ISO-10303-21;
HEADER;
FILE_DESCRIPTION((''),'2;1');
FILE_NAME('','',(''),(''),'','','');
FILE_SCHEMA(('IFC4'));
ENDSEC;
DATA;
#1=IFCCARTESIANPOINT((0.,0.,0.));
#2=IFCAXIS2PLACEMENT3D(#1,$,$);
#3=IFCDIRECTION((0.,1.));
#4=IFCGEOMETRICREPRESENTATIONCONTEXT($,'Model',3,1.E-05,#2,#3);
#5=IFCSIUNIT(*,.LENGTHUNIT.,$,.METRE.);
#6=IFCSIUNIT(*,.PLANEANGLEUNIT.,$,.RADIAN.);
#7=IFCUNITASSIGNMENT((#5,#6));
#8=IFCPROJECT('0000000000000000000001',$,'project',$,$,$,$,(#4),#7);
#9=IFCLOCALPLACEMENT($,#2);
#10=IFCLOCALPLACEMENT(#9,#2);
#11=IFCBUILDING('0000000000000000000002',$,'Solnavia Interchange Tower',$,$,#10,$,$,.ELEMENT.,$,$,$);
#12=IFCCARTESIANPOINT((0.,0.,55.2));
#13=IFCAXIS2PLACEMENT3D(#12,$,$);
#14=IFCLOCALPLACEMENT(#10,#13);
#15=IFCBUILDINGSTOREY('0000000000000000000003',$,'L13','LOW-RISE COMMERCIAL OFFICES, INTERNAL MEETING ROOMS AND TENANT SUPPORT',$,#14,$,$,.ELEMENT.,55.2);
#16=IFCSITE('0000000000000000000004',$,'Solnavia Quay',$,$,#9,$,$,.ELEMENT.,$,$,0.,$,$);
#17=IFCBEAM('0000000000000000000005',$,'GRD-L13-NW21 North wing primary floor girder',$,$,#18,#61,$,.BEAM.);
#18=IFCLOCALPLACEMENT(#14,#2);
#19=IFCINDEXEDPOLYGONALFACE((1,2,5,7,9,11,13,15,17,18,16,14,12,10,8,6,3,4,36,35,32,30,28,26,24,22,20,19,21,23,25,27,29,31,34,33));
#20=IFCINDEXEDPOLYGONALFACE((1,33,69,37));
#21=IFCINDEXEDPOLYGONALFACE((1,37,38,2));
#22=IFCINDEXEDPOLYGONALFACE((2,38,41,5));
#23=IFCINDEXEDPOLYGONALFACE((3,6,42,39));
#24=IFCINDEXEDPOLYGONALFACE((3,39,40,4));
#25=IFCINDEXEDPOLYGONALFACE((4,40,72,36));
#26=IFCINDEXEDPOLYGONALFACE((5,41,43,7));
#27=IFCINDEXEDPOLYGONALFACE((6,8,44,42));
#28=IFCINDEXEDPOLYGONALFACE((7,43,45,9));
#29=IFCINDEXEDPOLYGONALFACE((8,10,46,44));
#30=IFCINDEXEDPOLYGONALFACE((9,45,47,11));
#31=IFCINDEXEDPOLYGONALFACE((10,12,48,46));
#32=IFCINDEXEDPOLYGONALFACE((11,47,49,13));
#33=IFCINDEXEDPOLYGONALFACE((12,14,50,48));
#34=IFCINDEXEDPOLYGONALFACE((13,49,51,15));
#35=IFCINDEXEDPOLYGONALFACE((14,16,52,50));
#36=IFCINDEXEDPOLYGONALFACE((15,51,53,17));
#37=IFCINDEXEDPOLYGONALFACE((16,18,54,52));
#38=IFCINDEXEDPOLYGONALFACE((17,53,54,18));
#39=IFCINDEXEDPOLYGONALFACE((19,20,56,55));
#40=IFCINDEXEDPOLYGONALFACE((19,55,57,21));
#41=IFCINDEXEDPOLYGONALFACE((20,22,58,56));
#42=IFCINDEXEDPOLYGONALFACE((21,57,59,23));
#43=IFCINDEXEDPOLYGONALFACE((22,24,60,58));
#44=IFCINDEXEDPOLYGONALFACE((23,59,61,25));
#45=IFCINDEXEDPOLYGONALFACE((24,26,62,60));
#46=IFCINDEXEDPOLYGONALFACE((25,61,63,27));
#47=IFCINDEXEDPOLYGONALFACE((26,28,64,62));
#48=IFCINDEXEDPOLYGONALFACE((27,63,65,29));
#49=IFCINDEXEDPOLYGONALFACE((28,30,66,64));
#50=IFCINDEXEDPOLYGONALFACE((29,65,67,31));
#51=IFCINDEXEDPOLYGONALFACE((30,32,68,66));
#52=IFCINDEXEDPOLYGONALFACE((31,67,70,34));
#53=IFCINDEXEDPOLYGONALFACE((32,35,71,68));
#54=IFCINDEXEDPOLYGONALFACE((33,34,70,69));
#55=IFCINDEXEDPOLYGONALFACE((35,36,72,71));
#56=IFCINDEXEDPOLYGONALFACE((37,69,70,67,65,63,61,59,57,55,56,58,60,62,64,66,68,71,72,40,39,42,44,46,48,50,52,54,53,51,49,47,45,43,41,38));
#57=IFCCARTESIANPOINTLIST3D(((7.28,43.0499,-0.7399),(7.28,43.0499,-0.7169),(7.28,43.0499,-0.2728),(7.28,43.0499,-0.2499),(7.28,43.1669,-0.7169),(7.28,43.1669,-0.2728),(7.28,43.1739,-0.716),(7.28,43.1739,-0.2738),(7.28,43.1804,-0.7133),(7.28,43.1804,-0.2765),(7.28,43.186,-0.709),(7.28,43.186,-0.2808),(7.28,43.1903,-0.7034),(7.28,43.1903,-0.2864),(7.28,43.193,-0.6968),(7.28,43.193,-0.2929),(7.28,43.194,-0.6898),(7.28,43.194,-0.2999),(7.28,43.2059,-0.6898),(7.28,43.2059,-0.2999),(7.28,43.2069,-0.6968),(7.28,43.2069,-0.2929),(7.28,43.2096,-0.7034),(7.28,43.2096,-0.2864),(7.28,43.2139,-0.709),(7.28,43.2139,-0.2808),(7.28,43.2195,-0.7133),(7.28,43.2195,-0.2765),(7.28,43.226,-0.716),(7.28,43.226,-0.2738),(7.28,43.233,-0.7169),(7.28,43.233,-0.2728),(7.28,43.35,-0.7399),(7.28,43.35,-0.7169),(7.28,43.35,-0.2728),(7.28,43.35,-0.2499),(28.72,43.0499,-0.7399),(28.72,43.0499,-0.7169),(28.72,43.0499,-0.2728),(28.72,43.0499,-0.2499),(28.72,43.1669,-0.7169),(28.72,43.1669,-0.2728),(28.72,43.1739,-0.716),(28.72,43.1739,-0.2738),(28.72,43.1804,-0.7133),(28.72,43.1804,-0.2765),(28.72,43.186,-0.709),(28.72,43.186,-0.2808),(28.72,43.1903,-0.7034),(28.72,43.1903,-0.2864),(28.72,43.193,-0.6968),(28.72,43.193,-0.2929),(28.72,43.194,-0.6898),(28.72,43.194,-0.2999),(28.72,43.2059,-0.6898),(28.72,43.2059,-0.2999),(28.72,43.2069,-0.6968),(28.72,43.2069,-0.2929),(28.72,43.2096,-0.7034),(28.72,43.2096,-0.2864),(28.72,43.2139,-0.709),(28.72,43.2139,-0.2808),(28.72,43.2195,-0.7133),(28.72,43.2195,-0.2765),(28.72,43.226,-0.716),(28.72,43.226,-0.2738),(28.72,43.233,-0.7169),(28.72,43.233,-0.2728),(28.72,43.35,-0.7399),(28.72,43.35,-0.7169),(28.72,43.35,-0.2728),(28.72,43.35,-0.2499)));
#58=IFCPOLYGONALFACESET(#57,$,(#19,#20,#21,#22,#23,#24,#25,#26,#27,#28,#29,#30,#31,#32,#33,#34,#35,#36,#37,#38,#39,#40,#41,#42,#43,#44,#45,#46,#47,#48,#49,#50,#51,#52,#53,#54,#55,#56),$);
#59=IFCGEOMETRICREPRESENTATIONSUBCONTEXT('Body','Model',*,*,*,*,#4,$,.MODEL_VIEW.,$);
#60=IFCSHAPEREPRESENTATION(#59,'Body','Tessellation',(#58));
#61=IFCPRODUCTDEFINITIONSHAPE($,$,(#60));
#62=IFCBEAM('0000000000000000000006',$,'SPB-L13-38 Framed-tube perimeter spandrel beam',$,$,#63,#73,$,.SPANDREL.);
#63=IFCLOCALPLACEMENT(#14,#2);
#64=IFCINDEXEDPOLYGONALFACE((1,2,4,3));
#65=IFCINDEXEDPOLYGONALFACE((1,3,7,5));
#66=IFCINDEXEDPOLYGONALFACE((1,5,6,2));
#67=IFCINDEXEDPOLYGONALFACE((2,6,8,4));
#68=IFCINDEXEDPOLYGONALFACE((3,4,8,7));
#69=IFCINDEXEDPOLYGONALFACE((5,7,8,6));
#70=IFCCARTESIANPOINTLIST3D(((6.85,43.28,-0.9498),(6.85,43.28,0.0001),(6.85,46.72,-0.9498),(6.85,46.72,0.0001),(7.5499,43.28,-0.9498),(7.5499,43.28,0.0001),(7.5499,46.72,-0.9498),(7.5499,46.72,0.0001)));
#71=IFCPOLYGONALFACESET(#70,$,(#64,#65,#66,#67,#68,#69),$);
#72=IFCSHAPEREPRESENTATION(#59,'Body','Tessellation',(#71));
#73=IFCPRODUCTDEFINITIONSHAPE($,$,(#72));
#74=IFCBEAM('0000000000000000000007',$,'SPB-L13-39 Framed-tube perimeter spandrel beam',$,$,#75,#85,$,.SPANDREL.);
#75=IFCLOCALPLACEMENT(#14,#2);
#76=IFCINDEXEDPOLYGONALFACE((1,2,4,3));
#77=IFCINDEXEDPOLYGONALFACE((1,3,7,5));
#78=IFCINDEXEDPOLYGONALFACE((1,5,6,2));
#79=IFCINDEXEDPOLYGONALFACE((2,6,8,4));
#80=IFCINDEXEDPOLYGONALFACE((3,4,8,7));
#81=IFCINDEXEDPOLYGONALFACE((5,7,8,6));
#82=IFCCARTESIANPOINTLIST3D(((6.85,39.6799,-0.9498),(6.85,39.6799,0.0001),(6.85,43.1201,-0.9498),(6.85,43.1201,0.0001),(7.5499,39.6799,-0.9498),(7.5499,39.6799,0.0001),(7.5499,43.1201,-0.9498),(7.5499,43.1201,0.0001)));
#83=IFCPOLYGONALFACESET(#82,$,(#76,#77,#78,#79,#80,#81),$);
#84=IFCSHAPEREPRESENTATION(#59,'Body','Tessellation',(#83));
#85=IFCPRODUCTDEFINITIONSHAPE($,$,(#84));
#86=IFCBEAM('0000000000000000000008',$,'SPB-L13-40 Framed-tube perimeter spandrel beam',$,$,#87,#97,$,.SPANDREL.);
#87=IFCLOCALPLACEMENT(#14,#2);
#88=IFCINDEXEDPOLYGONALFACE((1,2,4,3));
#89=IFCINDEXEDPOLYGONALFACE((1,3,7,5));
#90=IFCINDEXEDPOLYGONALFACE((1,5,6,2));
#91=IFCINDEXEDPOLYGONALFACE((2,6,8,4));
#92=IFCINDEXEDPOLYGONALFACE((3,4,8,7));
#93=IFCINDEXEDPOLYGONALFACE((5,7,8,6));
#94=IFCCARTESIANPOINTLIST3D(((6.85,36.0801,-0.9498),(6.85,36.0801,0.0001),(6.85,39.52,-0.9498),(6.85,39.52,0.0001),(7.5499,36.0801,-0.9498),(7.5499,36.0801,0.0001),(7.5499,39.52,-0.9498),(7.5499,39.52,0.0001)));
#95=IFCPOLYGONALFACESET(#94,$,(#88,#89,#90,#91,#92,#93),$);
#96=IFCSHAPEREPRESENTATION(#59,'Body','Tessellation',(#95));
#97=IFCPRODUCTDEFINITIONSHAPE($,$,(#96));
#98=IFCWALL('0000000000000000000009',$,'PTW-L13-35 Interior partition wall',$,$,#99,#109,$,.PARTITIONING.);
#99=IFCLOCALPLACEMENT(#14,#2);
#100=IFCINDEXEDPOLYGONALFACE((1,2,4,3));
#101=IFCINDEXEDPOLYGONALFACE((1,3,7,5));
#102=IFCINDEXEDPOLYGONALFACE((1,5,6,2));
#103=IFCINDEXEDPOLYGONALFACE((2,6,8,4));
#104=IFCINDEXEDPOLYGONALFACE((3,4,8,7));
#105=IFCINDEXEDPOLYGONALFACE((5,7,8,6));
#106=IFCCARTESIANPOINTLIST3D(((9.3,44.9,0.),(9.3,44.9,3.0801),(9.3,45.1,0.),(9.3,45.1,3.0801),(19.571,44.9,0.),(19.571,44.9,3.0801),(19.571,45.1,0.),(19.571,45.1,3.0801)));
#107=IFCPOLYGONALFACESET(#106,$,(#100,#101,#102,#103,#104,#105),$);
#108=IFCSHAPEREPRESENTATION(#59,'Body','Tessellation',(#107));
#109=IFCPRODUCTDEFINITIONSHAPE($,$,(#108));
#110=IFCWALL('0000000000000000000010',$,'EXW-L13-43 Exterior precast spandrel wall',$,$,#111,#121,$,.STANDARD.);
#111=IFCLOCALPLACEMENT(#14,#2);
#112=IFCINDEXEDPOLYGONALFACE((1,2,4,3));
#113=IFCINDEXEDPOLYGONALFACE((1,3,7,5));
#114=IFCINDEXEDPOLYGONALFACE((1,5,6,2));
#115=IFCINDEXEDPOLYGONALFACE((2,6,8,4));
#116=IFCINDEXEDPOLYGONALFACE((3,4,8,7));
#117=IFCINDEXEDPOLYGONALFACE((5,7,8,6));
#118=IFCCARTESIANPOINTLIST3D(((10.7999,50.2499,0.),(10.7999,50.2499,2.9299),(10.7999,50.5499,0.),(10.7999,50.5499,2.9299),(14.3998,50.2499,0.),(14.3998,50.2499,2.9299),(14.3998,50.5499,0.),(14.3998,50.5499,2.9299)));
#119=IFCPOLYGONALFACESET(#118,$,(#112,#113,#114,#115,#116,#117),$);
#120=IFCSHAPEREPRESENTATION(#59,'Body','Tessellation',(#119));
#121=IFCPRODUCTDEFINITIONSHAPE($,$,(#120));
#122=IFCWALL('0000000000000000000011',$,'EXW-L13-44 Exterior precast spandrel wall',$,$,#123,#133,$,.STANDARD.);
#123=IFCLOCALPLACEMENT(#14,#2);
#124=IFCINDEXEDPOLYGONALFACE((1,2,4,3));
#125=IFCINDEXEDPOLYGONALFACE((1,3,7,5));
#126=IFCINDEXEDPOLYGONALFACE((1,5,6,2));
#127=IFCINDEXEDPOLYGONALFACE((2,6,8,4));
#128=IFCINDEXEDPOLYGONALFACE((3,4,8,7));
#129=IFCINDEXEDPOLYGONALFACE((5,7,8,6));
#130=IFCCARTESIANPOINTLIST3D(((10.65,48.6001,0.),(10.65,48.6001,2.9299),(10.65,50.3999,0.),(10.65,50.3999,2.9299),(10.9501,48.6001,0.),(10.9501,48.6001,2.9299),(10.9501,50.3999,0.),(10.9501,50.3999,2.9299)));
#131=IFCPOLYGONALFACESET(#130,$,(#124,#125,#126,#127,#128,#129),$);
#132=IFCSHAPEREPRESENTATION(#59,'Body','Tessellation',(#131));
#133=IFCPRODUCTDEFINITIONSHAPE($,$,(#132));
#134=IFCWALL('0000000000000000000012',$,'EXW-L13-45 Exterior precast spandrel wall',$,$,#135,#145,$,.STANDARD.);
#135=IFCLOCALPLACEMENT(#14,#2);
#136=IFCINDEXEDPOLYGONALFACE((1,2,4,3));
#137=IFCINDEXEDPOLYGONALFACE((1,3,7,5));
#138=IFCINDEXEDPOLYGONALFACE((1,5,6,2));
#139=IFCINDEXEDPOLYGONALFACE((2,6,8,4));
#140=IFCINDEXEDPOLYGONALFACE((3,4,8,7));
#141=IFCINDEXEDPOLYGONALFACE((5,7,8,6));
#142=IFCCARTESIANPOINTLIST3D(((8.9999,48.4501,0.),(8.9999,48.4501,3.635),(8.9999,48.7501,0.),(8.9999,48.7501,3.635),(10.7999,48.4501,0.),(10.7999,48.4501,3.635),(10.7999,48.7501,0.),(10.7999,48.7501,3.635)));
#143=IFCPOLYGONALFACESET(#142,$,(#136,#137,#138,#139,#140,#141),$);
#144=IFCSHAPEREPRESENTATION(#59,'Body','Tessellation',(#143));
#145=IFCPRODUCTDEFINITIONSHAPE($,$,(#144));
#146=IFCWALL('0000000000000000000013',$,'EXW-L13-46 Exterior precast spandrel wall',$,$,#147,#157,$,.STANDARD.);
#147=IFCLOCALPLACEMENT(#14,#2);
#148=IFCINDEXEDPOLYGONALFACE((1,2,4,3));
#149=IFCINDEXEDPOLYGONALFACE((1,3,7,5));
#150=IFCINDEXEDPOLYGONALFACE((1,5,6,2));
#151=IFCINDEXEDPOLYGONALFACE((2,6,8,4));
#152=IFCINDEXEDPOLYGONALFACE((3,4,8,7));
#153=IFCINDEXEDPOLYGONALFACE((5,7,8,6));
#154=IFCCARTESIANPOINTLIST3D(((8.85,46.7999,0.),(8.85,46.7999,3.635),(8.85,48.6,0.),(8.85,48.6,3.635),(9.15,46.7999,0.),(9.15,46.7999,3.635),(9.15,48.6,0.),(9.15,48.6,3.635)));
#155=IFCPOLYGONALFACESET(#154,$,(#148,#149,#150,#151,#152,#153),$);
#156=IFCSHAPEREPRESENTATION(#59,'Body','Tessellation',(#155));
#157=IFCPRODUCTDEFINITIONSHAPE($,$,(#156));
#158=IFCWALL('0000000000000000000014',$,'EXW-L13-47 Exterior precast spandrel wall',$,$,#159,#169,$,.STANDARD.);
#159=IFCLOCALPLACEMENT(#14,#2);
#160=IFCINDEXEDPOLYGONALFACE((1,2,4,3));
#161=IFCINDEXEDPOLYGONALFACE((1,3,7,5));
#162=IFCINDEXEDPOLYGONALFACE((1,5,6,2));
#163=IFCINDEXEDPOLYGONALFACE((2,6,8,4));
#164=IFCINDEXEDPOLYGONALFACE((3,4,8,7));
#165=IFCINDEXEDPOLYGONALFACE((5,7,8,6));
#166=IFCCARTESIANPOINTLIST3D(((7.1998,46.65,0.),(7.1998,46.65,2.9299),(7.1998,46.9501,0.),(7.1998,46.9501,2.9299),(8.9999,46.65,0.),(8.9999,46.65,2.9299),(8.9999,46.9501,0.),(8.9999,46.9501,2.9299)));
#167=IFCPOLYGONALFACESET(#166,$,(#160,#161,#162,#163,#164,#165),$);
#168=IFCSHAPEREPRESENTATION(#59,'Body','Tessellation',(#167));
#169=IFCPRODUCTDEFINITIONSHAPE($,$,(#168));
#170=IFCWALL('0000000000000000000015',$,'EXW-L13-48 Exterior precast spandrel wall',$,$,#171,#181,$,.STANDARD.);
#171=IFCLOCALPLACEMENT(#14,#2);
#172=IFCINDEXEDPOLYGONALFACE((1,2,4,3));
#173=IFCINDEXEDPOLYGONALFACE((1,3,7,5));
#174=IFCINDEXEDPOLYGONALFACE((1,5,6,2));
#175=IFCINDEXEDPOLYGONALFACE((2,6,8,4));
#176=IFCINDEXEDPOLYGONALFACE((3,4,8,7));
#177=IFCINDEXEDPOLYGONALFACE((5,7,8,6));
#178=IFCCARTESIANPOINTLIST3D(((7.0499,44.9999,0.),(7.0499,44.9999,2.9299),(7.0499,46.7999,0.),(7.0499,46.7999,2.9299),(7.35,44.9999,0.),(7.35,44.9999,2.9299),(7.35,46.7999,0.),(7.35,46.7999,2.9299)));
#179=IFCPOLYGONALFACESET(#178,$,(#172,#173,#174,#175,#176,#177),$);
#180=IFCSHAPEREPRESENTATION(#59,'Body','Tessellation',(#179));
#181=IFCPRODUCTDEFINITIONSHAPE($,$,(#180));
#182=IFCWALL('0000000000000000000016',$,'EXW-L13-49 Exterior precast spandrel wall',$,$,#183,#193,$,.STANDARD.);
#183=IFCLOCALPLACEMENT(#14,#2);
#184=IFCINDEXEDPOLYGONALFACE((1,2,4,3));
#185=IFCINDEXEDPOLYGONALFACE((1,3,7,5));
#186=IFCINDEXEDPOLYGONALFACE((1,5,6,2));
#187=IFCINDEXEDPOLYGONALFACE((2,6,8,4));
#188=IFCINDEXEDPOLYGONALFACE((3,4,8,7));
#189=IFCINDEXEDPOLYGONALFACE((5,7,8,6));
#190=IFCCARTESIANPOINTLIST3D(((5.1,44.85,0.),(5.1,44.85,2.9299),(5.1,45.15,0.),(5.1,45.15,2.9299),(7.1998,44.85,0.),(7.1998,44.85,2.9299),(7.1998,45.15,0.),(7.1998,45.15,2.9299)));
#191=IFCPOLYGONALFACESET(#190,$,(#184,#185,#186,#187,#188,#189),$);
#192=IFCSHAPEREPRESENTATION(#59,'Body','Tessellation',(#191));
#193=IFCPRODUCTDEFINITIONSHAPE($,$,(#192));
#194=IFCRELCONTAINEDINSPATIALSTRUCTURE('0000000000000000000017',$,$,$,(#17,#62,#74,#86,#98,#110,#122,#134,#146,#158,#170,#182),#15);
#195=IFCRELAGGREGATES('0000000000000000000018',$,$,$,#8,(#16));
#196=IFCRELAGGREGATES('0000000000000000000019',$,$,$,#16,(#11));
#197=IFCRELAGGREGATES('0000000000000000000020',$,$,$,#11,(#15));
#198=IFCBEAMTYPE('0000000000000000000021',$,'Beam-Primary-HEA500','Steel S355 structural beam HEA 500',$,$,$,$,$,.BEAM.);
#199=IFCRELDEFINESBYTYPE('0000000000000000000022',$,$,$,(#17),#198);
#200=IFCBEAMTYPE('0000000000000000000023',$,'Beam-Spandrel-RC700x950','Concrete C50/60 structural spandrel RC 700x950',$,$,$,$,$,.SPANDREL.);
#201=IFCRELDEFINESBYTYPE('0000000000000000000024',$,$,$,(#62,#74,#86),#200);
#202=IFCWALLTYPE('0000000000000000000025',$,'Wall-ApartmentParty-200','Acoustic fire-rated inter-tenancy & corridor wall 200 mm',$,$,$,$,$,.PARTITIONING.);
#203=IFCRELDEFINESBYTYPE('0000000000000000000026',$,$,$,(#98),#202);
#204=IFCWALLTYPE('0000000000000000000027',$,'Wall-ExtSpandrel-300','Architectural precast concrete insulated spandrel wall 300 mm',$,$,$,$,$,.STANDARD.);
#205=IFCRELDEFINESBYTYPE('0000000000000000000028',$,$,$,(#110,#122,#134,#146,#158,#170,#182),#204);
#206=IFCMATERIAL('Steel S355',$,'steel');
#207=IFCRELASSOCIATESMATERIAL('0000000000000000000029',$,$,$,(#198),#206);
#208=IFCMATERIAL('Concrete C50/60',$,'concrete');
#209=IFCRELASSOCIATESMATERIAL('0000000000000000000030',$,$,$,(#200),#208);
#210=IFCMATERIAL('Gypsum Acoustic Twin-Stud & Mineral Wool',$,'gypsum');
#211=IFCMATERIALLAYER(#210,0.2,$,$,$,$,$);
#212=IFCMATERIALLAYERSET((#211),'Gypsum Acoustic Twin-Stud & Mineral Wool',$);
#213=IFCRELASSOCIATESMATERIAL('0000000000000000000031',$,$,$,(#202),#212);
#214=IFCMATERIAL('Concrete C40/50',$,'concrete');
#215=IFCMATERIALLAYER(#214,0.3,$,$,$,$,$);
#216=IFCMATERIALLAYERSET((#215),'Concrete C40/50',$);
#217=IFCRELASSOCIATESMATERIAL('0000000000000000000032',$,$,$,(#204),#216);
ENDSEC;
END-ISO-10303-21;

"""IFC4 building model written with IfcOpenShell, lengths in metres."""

from ifc_helpers import new_model, si_unit, direction, frame, frame_2d, origin, origin_2d, place, context, subcontext, project, spatial, rectangle, i_section, extrude, material, layer, layer_set, material_profile, profile_set, type_object, element, save


model = new_model("IFC4")

# Units and contexts
model_context = context("Model", 3, precision=1e-05, world=origin(), true_north=direction((0.0, 1.0)))
body_context = subcontext(model_context, "Body", "Model", "MODEL_VIEW")
ifc_project = project(units=[si_unit("LENGTHUNIT", "METRE"), si_unit("PLANEANGLEUNIT", "RADIAN")], contexts=[model_context])

# Site, building, storey
site_placement = place(None, origin())
site = spatial("IfcSite", under=ifc_project, at=site_placement, Name="Solnavia Quay", CompositionType="ELEMENT", RefElevation=0.0)
building_placement = place(site_placement, origin())
building = spatial("IfcBuilding", under=site, at=building_placement, Name="Solnavia Interchange Tower", CompositionType="ELEMENT")
storey_placement = place(building_placement, frame((0.0, 0.0, 55.2)))
storey = spatial("IfcBuildingStorey", under=building, at=storey_placement, Name="L13", Description="LOW-RISE COMMERCIAL OFFICES, INTERNAL MEETING ROOMS AND TENANT SUPPORT", CompositionType="ELEMENT", Elevation=55.2)

# Beams
ifc_material_1 = material(Name="Steel S355", Category="steel")
ifc_material_profile_1 = material_profile(ifc_material_1, i_section(OverallWidth=0.3, OverallDepth=0.49, WebThickness=0.012, FlangeThickness=0.0229, FilletRadius=0.0271, at=origin_2d()), Name="HEA 500")
ifc_profile_set_1 = profile_set([ifc_material_profile_1], Name="Steel S355")
beam_type_1 = type_object("IfcBeamType", Name="Beam-Primary-HEA500", Description="Steel S355 structural beam HEA 500", PredefinedType="BEAM", material=ifc_profile_set_1)
beam_1_placement = place(storey_placement, frame((7.28, 43.2, -0.4949), z_axis=(1.0, 0.0, 0.0), x_axis=(0.0, 1.0, 0.0)))
element("IfcBeam", 1, at=beam_1_placement, inside=storey, type_object=beam_type_1, Name="GRD-L13-NW21 North wing primary floor girder", PredefinedType="BEAM", context=body_context, shape_type="SweptSolid", body=[
    extrude(i_section(OverallWidth=0.3, OverallDepth=0.49, WebThickness=0.012, FlangeThickness=0.0229, FilletRadius=0.0271, at=origin_2d()), origin(), (0.0, 0.0, 1.0), 21.4399),
])
ifc_material_2 = material(Name="Concrete C50/60", Category="concrete")
ifc_material_profile_2 = material_profile(ifc_material_2, rectangle(XDim=0.7, YDim=0.95, at=origin_2d()), Name="RC 700x950")
ifc_profile_set_2 = profile_set([ifc_material_profile_2], Name="Concrete C50/60")
beam_type_2 = type_object("IfcBeamType", Name="Beam-Spandrel-RC700x950", Description="Concrete C50/60 structural spandrel RC 700x950", PredefinedType="SPANDREL", material=ifc_profile_set_2)
beam_2_placement = place(storey_placement, frame((7.2, 46.72, -0.4749), z_axis=(0.0, -1.0, 0.0), x_axis=(1.0, 0.0, 0.0)))
element("IfcBeam", 2, at=beam_2_placement, inside=storey, type_object=beam_type_2, Name="SPB-L13-38 Framed-tube perimeter spandrel beam", PredefinedType="SPANDREL", context=body_context, shape_type="SweptSolid", body=[
    extrude(rectangle(XDim=0.7, YDim=0.95, at=origin_2d()), origin(), (0.0, 0.0, 1.0), 3.4399),
])
beam_3_placement = place(storey_placement, frame((7.2, 43.1201, -0.4749), z_axis=(0.0, -1.0, 0.0), x_axis=(1.0, 0.0, 0.0)))
element("IfcBeam", 3, at=beam_3_placement, inside=storey, type_object=beam_type_2, Name="SPB-L13-39 Framed-tube perimeter spandrel beam", PredefinedType="SPANDREL", context=body_context, shape_type="SweptSolid", body=[
    extrude(rectangle(XDim=0.7, YDim=0.95, at=origin_2d()), origin(), (0.0, 0.0, 1.0), 3.4402),
])
beam_4_placement = place(storey_placement, frame((7.2, 39.52, -0.4749), z_axis=(0.0, -1.0, 0.0), x_axis=(1.0, 0.0, 0.0)))
element("IfcBeam", 4, at=beam_4_placement, inside=storey, type_object=beam_type_2, Name="SPB-L13-40 Framed-tube perimeter spandrel beam", PredefinedType="SPANDREL", context=body_context, shape_type="SweptSolid", body=[
    extrude(rectangle(XDim=0.7, YDim=0.95, at=origin_2d()), origin(), (0.0, 0.0, 1.0), 3.4399),
])

# Walls
ifc_material_3 = material(Name="Gypsum Acoustic Twin-Stud & Mineral Wool", Category="gypsum")
ifc_layer_1 = layer(ifc_material_3, 0.2)
ifc_layer_set_1 = layer_set([ifc_layer_1], Name="Gypsum Acoustic Twin-Stud & Mineral Wool")
wall_type_1 = type_object("IfcWallType", Name="Wall-ApartmentParty-200", Description="Acoustic fire-rated inter-tenancy & corridor wall 200 mm", PredefinedType="PARTITIONING", material=ifc_layer_set_1)
wall_1_placement = place(storey_placement, frame((9.3, 45.0, 0.0), z_axis=(0.0, 0.0, 1.0), x_axis=(1.0, 0.0, 0.0)))
element("IfcWall", 5, at=wall_1_placement, inside=storey, type_object=wall_type_1, Name="PTW-L13-35 Interior partition wall", PredefinedType="PARTITIONING", context=body_context, shape_type="SweptSolid", body=[
    extrude(rectangle(XDim=10.271, YDim=0.2, at=frame_2d((5.1355, 0.0))), origin(), (0.0, 0.0, 1.0), 3.0801),
])
ifc_material_4 = material(Name="Concrete C40/50", Category="concrete")
ifc_layer_2 = layer(ifc_material_4, 0.3)
ifc_layer_set_2 = layer_set([ifc_layer_2], Name="Concrete C40/50")
wall_type_2 = type_object("IfcWallType", Name="Wall-ExtSpandrel-300", Description="Architectural precast concrete insulated spandrel wall 300 mm", PredefinedType="STANDARD", material=ifc_layer_set_2)
wall_2_placement = place(storey_placement, frame((10.8, 50.3999, 0.0), z_axis=(0.0, 0.0, 1.0), x_axis=(1.0, 0.0, 0.0)))
element("IfcWall", 6, at=wall_2_placement, inside=storey, type_object=wall_type_2, Name="EXW-L13-43 Exterior precast spandrel wall", PredefinedType="STANDARD", context=body_context, shape_type="SweptSolid", body=[
    extrude(rectangle(XDim=3.5999, YDim=0.3, at=frame_2d((1.7998, 0.0))), origin(), (0.0, 0.0, 1.0), 2.9299),
])
wall_3_placement = place(storey_placement, frame((10.8, 48.6001, 0.0), z_axis=(0.0, 0.0, 1.0), x_axis=(0.0, 1.0, 0.0)))
element("IfcWall", 7, at=wall_3_placement, inside=storey, type_object=wall_type_2, Name="EXW-L13-44 Exterior precast spandrel wall", PredefinedType="STANDARD", context=body_context, shape_type="SweptSolid", body=[
    extrude(rectangle(XDim=1.7998, YDim=0.3, at=frame_2d((0.8999, 0.0))), origin(), (0.0, 0.0, 1.0), 2.9299),
])
for number, where, z_axis, x_axis, name in (
    (8, (9.0, 48.6001, 0.0), (0.0, 0.0, 1.0), (1.0, 0.0, 0.0), "EXW-L13-45 Exterior precast spandrel wall"),
    (9, (9.0, 46.8, 0.0), (0.0, 0.0, 1.0), (0.0, 1.0, 0.0), "EXW-L13-46 Exterior precast spandrel wall"),
):
    element("IfcWall", number, at=place(storey_placement, frame(where, z_axis=z_axis, x_axis=x_axis)), inside=storey, type_object=wall_type_2, Name=name, PredefinedType="STANDARD", context=body_context, shape_type="SweptSolid", body=[
        extrude(rectangle(XDim=1.8, YDim=0.3, at=frame_2d((0.8999, 0.0))), origin(), (0.0, 0.0, 1.0), 3.635),
    ])
for number, where, z_axis, x_axis, name in (
    (10, (7.2, 46.8, 0.0), (0.0, 0.0, 1.0), (1.0, 0.0, 0.0), "EXW-L13-47 Exterior precast spandrel wall"),
    (11, (7.2, 45.0, 0.0), (0.0, 0.0, 1.0), (0.0, 1.0, 0.0), "EXW-L13-48 Exterior precast spandrel wall"),
):
    element("IfcWall", number, at=place(storey_placement, frame(where, z_axis=z_axis, x_axis=x_axis)), inside=storey, type_object=wall_type_2, Name=name, PredefinedType="STANDARD", context=body_context, shape_type="SweptSolid", body=[
        extrude(rectangle(XDim=1.8, YDim=0.3, at=frame_2d((0.8999, 0.0))), origin(), (0.0, 0.0, 1.0), 2.9299),
    ])
wall_4_placement = place(storey_placement, frame((5.1001, 45.0, 0.0), z_axis=(0.0, 0.0, 1.0), x_axis=(1.0, 0.0, 0.0)))
element("IfcWall", 12, at=wall_4_placement, inside=storey, type_object=wall_type_2, Name="EXW-L13-49 Exterior precast spandrel wall", PredefinedType="STANDARD", context=body_context, shape_type="SweptSolid", body=[
    extrude(rectangle(XDim=2.0999, YDim=0.3, at=frame_2d((1.0498, 0.0))), origin(), (0.0, 0.0, 1.0), 2.9299),
])

save(model, "model.ifc")
